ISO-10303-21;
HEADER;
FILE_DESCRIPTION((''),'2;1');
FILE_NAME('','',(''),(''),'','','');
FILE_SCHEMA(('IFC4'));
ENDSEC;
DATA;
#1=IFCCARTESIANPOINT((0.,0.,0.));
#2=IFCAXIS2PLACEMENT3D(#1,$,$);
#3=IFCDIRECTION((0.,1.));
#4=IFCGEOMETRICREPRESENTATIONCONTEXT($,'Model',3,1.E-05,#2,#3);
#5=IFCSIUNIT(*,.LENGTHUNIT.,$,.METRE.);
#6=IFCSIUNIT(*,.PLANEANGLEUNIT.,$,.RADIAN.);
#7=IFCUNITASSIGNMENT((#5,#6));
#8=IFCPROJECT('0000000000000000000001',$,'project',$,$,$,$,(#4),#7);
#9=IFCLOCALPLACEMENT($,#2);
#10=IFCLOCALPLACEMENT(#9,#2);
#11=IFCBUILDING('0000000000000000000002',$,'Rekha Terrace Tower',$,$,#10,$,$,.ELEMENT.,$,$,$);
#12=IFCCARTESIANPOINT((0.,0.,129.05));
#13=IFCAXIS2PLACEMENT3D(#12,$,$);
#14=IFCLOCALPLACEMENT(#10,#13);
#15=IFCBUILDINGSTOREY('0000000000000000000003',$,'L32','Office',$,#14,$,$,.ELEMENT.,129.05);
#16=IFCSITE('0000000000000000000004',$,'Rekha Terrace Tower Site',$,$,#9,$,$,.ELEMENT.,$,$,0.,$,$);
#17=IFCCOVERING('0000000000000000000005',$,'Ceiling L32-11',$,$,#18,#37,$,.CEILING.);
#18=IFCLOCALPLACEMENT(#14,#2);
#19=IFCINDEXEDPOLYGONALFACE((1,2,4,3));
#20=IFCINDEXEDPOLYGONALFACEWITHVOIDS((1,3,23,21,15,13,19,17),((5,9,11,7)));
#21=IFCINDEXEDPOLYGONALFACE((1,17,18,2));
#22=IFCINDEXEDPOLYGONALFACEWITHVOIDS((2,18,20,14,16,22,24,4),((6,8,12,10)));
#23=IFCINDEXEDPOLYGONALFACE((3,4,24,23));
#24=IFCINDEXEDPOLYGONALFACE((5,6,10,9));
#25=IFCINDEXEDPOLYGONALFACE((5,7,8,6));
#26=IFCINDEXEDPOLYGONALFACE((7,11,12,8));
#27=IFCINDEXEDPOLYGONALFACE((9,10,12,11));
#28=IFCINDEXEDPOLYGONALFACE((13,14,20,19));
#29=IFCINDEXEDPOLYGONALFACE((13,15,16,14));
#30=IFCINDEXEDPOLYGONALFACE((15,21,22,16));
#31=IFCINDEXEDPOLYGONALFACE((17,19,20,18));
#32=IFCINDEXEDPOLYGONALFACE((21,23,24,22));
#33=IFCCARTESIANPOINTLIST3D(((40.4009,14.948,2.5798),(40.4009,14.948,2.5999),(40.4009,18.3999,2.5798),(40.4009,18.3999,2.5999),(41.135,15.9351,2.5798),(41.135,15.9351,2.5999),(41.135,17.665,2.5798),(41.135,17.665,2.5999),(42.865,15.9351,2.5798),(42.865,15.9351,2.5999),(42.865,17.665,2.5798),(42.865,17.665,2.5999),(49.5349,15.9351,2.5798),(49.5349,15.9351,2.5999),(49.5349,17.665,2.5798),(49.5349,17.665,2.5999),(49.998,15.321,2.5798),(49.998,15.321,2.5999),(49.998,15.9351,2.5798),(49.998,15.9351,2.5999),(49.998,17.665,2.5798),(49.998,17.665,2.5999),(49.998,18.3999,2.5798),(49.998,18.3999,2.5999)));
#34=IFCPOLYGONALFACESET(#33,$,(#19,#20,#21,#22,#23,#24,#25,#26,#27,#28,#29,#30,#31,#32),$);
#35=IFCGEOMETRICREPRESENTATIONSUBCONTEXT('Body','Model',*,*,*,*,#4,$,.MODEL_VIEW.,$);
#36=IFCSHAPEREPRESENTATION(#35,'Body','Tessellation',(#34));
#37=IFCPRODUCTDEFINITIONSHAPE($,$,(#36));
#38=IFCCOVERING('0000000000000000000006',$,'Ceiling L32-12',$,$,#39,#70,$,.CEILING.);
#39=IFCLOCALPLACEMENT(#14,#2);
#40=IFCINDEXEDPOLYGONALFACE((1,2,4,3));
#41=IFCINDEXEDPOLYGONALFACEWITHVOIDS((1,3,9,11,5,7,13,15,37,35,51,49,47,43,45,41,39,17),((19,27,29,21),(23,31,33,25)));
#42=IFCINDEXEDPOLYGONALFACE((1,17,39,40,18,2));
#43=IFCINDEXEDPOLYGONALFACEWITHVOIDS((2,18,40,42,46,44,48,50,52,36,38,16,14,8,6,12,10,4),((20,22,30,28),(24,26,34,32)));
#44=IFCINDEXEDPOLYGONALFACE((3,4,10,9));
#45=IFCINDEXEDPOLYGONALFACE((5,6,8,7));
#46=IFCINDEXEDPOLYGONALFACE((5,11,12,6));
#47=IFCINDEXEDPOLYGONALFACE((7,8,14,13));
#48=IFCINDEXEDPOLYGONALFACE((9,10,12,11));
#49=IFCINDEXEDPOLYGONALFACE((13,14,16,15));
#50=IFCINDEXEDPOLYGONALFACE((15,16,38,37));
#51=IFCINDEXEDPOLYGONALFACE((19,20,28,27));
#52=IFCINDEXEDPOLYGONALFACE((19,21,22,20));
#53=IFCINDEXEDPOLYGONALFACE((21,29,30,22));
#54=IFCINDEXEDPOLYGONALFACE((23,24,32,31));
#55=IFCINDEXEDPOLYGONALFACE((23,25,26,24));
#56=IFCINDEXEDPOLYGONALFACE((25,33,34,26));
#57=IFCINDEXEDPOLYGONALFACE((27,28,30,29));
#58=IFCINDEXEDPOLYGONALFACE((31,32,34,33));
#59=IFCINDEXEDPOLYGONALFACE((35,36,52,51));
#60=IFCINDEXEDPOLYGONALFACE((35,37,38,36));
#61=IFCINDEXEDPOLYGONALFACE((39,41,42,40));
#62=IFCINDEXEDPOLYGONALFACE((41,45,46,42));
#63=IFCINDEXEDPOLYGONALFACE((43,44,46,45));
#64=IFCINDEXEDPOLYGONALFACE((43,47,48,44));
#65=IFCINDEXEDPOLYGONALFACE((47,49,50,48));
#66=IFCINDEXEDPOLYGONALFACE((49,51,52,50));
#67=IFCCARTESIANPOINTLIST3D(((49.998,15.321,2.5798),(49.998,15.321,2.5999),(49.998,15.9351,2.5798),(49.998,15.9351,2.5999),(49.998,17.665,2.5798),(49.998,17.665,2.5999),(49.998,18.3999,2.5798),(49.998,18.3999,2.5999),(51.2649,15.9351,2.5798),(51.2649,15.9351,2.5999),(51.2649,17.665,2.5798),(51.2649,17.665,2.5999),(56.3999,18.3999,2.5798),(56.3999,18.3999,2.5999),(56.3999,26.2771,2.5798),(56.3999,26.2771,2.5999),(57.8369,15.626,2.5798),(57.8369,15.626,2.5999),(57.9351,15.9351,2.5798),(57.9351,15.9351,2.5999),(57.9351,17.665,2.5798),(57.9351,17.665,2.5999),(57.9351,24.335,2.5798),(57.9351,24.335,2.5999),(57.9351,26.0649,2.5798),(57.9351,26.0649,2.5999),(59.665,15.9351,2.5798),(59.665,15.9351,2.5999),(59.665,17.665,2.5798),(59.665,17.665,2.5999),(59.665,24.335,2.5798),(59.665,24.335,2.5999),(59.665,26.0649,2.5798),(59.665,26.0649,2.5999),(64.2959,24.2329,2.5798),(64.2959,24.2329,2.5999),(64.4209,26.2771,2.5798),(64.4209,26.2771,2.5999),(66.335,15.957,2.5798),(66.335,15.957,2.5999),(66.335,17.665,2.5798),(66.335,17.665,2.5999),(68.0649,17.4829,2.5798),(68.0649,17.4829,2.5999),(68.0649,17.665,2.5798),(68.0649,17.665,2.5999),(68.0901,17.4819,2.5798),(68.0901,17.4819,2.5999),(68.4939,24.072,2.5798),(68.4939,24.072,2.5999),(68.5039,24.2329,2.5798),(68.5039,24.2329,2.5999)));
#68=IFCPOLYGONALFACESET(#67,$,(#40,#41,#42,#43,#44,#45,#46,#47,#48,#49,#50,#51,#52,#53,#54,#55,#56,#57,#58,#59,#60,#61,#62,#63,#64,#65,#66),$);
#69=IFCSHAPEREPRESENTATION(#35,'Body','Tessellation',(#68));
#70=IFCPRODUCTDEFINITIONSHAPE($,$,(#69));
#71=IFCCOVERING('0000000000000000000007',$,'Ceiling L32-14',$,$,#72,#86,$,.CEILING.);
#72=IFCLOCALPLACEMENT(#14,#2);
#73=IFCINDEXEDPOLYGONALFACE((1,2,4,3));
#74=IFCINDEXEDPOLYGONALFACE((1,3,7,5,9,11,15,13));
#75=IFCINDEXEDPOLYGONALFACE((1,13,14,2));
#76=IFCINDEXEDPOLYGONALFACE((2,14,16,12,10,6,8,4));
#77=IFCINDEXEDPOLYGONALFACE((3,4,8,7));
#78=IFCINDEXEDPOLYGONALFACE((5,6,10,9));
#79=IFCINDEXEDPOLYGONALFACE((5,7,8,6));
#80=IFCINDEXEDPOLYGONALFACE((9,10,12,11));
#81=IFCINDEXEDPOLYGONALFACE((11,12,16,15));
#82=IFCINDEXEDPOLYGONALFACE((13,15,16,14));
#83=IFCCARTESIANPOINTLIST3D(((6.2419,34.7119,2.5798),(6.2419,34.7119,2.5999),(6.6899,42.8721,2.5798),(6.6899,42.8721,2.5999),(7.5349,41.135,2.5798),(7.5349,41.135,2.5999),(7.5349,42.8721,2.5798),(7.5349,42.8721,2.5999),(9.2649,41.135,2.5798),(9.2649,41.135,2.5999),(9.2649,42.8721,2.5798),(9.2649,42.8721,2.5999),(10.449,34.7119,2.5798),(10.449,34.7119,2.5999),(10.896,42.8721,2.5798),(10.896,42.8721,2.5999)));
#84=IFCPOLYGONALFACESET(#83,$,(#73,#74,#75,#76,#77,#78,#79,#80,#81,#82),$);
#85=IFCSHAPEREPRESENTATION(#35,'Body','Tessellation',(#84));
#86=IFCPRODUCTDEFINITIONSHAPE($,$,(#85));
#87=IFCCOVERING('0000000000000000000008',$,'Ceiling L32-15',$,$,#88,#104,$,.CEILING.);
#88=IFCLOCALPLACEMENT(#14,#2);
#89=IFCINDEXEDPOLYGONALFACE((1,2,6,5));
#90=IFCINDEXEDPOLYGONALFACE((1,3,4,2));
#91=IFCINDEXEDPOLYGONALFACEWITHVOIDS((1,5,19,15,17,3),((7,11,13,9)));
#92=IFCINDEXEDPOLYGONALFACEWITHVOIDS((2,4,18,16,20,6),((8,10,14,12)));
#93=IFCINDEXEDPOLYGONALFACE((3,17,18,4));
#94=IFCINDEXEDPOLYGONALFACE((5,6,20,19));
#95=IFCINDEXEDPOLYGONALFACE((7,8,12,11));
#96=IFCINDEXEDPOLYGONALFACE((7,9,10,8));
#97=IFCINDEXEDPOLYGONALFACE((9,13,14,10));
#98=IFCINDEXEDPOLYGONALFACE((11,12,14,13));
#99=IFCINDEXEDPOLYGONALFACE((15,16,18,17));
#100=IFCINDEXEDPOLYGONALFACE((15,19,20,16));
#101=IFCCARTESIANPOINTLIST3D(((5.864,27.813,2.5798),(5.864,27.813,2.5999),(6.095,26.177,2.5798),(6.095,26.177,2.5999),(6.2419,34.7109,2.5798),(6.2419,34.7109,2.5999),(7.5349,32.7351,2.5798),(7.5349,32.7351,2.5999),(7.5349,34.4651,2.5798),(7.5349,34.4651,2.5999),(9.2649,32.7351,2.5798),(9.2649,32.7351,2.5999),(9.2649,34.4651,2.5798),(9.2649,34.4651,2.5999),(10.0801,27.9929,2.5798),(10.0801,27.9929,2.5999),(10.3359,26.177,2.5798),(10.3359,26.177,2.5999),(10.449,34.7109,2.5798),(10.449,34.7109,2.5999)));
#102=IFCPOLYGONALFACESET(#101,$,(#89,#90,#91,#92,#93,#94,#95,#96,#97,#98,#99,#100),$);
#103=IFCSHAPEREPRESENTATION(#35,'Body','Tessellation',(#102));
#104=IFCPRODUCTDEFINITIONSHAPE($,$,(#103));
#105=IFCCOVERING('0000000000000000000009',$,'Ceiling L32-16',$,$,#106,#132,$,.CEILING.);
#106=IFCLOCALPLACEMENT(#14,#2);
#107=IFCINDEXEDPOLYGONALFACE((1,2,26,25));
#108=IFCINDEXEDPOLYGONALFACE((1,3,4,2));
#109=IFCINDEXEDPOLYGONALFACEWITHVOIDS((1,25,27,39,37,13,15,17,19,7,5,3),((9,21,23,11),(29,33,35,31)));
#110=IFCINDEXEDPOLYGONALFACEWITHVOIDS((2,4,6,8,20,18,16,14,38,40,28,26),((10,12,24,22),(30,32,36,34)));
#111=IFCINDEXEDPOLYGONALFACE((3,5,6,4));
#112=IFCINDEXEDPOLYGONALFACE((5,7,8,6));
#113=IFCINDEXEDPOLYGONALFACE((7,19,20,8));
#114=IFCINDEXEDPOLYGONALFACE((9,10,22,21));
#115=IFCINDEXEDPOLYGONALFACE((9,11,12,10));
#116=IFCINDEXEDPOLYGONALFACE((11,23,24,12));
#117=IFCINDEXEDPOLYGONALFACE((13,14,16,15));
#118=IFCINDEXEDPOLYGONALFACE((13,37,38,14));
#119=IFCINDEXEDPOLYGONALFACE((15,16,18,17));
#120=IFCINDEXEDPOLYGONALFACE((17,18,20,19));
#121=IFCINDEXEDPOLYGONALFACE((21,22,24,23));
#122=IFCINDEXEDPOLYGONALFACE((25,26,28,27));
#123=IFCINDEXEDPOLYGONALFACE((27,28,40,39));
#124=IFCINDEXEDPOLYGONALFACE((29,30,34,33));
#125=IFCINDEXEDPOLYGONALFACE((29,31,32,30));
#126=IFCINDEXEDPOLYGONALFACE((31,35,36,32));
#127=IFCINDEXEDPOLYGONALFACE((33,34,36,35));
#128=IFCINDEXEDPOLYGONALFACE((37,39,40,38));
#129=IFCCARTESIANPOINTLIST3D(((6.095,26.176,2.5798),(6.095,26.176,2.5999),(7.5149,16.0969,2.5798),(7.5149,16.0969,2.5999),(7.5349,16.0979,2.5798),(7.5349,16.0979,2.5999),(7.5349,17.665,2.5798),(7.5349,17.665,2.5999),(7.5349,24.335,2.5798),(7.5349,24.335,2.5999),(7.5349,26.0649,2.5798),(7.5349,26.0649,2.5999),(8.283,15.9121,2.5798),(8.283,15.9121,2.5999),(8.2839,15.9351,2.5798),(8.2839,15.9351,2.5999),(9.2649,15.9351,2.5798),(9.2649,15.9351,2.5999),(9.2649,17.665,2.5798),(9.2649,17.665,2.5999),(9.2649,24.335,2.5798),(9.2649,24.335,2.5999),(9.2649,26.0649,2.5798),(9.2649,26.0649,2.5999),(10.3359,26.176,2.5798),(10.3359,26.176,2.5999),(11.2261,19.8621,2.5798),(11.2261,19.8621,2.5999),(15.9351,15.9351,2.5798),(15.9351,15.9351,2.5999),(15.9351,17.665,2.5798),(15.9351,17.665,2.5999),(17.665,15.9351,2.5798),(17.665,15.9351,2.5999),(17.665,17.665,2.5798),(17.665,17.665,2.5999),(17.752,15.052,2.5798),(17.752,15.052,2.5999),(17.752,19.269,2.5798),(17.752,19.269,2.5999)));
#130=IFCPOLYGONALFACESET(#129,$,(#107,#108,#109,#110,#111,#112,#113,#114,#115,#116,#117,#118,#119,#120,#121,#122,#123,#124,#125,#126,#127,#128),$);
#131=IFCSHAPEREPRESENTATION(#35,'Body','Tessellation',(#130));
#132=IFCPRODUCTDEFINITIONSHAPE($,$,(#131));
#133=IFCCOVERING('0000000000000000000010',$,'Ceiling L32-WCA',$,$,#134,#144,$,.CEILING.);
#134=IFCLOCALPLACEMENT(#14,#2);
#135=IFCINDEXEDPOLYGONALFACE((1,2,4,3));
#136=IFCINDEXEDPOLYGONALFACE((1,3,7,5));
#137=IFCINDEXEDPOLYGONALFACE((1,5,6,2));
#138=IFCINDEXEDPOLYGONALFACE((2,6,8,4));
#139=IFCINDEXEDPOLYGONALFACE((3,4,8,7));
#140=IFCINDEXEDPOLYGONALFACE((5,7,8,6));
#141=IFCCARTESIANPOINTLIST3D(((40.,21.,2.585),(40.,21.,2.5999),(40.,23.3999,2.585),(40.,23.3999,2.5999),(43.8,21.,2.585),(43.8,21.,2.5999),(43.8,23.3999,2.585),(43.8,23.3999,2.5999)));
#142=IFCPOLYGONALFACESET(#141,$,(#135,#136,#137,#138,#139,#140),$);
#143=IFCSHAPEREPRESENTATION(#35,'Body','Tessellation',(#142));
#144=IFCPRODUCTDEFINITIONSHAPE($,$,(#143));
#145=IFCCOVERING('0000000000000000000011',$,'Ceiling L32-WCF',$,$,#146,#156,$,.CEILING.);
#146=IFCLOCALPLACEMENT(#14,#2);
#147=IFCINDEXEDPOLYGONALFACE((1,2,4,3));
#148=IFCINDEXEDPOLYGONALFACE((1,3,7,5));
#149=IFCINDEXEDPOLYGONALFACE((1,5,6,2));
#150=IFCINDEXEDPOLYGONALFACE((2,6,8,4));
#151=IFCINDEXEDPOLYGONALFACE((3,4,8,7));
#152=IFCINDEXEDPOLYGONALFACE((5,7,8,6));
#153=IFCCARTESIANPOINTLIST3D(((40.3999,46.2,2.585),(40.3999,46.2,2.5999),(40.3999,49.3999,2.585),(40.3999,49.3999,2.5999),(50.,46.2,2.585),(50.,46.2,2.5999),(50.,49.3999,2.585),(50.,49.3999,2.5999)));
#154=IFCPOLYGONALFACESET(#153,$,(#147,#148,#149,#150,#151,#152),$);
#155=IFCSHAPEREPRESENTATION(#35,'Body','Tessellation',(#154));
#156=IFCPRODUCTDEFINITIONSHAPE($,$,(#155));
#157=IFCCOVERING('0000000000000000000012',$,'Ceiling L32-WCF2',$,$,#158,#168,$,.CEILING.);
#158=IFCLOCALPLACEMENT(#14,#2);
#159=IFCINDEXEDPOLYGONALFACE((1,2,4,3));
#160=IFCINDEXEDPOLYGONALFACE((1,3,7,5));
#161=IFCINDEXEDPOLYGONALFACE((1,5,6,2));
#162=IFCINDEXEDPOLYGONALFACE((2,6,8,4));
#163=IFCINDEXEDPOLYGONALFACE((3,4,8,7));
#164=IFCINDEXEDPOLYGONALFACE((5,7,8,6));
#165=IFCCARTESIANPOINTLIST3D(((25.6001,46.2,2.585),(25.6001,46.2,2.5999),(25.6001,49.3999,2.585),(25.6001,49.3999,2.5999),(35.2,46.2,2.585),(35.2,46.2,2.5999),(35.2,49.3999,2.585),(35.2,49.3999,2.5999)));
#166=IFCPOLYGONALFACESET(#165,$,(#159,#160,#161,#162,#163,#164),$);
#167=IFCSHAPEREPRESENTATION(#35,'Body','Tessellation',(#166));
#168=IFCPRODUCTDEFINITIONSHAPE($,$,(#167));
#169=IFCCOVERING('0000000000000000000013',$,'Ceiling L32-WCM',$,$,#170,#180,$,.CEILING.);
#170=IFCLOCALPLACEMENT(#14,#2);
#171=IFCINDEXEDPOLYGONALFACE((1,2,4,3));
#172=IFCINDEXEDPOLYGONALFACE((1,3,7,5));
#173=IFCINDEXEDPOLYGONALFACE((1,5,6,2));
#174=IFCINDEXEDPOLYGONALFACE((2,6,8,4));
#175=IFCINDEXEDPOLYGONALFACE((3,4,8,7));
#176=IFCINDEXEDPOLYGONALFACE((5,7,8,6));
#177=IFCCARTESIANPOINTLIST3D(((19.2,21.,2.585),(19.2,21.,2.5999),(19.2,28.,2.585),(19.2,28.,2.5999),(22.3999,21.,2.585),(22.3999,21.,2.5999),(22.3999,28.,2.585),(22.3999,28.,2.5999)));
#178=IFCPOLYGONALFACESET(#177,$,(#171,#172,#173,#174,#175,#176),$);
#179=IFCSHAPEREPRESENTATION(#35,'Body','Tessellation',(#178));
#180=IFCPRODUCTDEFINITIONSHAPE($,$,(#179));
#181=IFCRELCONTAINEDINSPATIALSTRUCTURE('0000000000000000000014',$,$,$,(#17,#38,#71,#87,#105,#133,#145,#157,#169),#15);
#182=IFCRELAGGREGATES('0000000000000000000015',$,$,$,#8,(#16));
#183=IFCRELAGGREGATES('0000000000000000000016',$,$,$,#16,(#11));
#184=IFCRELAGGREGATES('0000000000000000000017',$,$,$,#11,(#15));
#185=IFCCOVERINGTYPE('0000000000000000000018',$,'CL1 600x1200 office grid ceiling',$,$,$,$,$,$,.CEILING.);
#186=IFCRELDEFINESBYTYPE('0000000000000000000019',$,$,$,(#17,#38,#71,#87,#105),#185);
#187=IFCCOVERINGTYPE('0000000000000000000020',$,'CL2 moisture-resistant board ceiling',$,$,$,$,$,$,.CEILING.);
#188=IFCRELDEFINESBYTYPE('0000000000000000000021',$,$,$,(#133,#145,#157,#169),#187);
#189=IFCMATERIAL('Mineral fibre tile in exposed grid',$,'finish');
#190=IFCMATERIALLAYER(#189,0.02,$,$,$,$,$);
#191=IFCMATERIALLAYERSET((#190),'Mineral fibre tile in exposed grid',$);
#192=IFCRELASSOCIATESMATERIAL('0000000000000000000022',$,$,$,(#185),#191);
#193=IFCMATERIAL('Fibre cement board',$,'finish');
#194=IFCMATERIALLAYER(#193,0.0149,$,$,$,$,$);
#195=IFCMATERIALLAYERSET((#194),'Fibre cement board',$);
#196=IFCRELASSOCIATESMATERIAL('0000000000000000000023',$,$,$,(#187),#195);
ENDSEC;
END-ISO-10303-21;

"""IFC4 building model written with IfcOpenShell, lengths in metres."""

from ifc_helpers import new_model, si_unit, direction, frame, origin, place, context, subcontext, project, spatial, polyline, outline, extrude, material, layer, layer_set, type_object, element, save


model = new_model("IFC4")

# Units and contexts
model_context = context("Model", 3, precision=1e-05, world=origin(), true_north=direction((0.0, 1.0)))
body_context = subcontext(model_context, "Body", "Model", "MODEL_VIEW")
ifc_project = project(units=[si_unit("LENGTHUNIT", "METRE"), si_unit("PLANEANGLEUNIT", "RADIAN")], contexts=[model_context])

# Site, building, storey
site_placement = place(None, origin())
site = spatial("IfcSite", under=ifc_project, at=site_placement, Name="Rekha Terrace Tower Site", CompositionType="ELEMENT", RefElevation=0.0)
building_placement = place(site_placement, origin())
building = spatial("IfcBuilding", under=site, at=building_placement, Name="Rekha Terrace Tower", CompositionType="ELEMENT")
storey_placement = place(building_placement, frame((0.0, 0.0, 129.05)))
storey = spatial("IfcBuildingStorey", under=building, at=storey_placement, Name="L32", Description="Office", CompositionType="ELEMENT", Elevation=129.05)

# Coverings
ifc_material_1 = material(Name="Mineral fibre tile in exposed grid", Category="finish")
ifc_layer_1 = layer(ifc_material_1, 0.02)
ifc_layer_set_1 = layer_set([ifc_layer_1], Name="Mineral fibre tile in exposed grid")
covering_type_1 = type_object("IfcCoveringType", Name="CL1 600x1200 office grid ceiling", PredefinedType="CEILING", material=ifc_layer_set_1)
covering_1_placement = place(storey_placement, frame((0.0, 0.0, 2.5798)))
element("IfcCovering", 1, at=covering_1_placement, inside=storey, type_object=covering_type_1, Name="Ceiling L32-11", PredefinedType="CEILING", context=body_context, shape_type="SweptSolid", body=[
    extrude(outline(polyline([(40.4009, 18.3999), (40.4009, 14.948), (49.998, 15.321), (49.998, 15.9351), (49.5349, 15.9351), (49.5349, 17.665), (49.998, 17.665), (49.998, 18.3999), (40.4009, 18.3999)]), holes=[polyline([(42.865, 17.665), (42.865, 15.9351), (41.135, 15.9351), (41.135, 17.665), (42.865, 17.665)])]), origin(), (0.0, 0.0, 1.0), 0.02),
])
covering_2_placement = place(storey_placement, frame((0.0, 0.0, 2.5798)))
element("IfcCovering", 2, at=covering_2_placement, inside=storey, type_object=covering_type_1, Name="Ceiling L32-12", PredefinedType="CEILING", context=body_context, shape_type="SweptSolid", body=[
    extrude(outline(polyline([(49.998, 15.321), (57.8369, 15.626), (66.335, 15.957), (66.335, 17.665), (68.0649, 17.665), (68.0649, 17.4829), (68.0901, 17.4819), (68.4939, 24.072), (68.5039, 24.2329), (64.2959, 24.2329), (64.4209, 26.2771), (56.3999, 26.2771), (56.3999, 18.3999), (49.998, 18.3999), (49.998, 17.665), (51.2649, 17.665), (51.2649, 15.9351), (49.998, 15.9351), (49.998, 15.321)]), holes=[polyline([(59.665, 15.9351), (57.9351, 15.9351), (57.9351, 17.665), (59.665, 17.665), (59.665, 15.9351)]), polyline([(59.665, 26.0649), (59.665, 24.335), (57.9351, 24.335), (57.9351, 26.0649), (59.665, 26.0649)])]), origin(), (0.0, 0.0, 1.0), 0.02),
])
covering_3_placement = place(storey_placement, frame((0.0, 0.0, 2.5798)))
element("IfcCovering", 3, at=covering_3_placement, inside=storey, type_object=covering_type_1, Name="Ceiling L32-14", PredefinedType="CEILING", context=body_context, shape_type="SweptSolid", body=[
    extrude(outline(polyline([(9.2649, 41.135), (7.5349, 41.135), (7.5349, 42.8721), (6.6899, 42.8721), (6.2419, 34.7119), (10.449, 34.7119), (10.896, 42.8721), (9.2649, 42.8721), (9.2649, 41.135)])), origin(), (0.0, 0.0, 1.0), 0.02),
])
covering_4_placement = place(storey_placement, frame((0.0, 0.0, 2.5798)))
element("IfcCovering", 4, at=covering_4_placement, inside=storey, type_object=covering_type_1, Name="Ceiling L32-15", PredefinedType="CEILING", context=body_context, shape_type="SweptSolid", body=[
    extrude(outline(polyline([(10.0801, 27.9929), (10.449, 34.7109), (6.2419, 34.7109), (5.864, 27.813), (6.095, 26.177), (10.3359, 26.177), (10.0801, 27.9929)]), holes=[polyline([(9.2649, 32.7351), (7.5349, 32.7351), (7.5349, 34.4651), (9.2649, 34.4651), (9.2649, 32.7351)])]), origin(), (0.0, 0.0, 1.0), 0.02),
])
covering_5_placement = place(storey_placement, frame((0.0, 0.0, 2.5798)))
element("IfcCovering", 5, at=covering_5_placement, inside=storey, type_object=covering_type_1, Name="Ceiling L32-16", PredefinedType="CEILING", context=body_context, shape_type="SweptSolid", body=[
    extrude(outline(polyline([(7.5149, 16.0969), (7.5349, 16.0979), (7.5349, 17.665), (9.2649, 17.665), (9.2649, 15.9351), (8.2839, 15.9351), (8.283, 15.9121), (17.752, 15.052), (17.752, 19.269), (11.2261, 19.8621), (10.3359, 26.176), (6.095, 26.176), (7.5149, 16.0969)]), holes=[polyline([(17.665, 15.9351), (15.9351, 15.9351), (15.9351, 17.665), (17.665, 17.665), (17.665, 15.9351)]), polyline([(9.2649, 24.335), (7.5349, 24.335), (7.5349, 26.0649), (9.2649, 26.0649), (9.2649, 24.335)])]), origin(), (0.0, 0.0, 1.0), 0.02),
])
ifc_material_2 = material(Name="Fibre cement board", Category="finish")
ifc_layer_2 = layer(ifc_material_2, 0.0149)
ifc_layer_set_2 = layer_set([ifc_layer_2], Name="Fibre cement board")
covering_type_2 = type_object("IfcCoveringType", Name="CL2 moisture-resistant board ceiling", PredefinedType="CEILING", material=ifc_layer_set_2)
covering_6_placement = place(storey_placement, frame((0.0, 0.0, 2.585)))
element("IfcCovering", 6, at=covering_6_placement, inside=storey, type_object=covering_type_2, Name="Ceiling L32-WCA", PredefinedType="CEILING", context=body_context, shape_type="SweptSolid", body=[
    extrude(outline(polyline([(43.8, 23.3999), (40.0, 23.3999), (40.0, 21.0), (43.8, 21.0), (43.8, 23.3999)])), origin(), (0.0, 0.0, 1.0), 0.0149),
])
covering_7_placement = place(storey_placement, frame((0.0, 0.0, 2.585)))
element("IfcCovering", 7, at=covering_7_placement, inside=storey, type_object=covering_type_2, Name="Ceiling L32-WCF", PredefinedType="CEILING", context=body_context, shape_type="SweptSolid", body=[
    extrude(outline(polyline([(50.0, 49.3999), (40.3999, 49.3999), (40.3999, 46.2), (50.0, 46.2), (50.0, 49.3999)])), origin(), (0.0, 0.0, 1.0), 0.0149),
])
covering_8_placement = place(storey_placement, frame((0.0, 0.0, 2.585)))
element("IfcCovering", 8, at=covering_8_placement, inside=storey, type_object=covering_type_2, Name="Ceiling L32-WCF2", PredefinedType="CEILING", context=body_context, shape_type="SweptSolid", body=[
    extrude(outline(polyline([(35.2, 49.3999), (25.6001, 49.3999), (25.6001, 46.2), (35.2, 46.2), (35.2, 49.3999)])), origin(), (0.0, 0.0, 1.0), 0.0149),
])
covering_9_placement = place(storey_placement, frame((0.0, 0.0, 2.585)))
element("IfcCovering", 9, at=covering_9_placement, inside=storey, type_object=covering_type_2, Name="Ceiling L32-WCM", PredefinedType="CEILING", context=body_context, shape_type="SweptSolid", body=[
    extrude(outline(polyline([(22.3999, 28.0), (19.2, 28.0), (19.2, 21.0), (22.3999, 21.0), (22.3999, 28.0)])), origin(), (0.0, 0.0, 1.0), 0.0149),
])

save(model, "model.ifc")
